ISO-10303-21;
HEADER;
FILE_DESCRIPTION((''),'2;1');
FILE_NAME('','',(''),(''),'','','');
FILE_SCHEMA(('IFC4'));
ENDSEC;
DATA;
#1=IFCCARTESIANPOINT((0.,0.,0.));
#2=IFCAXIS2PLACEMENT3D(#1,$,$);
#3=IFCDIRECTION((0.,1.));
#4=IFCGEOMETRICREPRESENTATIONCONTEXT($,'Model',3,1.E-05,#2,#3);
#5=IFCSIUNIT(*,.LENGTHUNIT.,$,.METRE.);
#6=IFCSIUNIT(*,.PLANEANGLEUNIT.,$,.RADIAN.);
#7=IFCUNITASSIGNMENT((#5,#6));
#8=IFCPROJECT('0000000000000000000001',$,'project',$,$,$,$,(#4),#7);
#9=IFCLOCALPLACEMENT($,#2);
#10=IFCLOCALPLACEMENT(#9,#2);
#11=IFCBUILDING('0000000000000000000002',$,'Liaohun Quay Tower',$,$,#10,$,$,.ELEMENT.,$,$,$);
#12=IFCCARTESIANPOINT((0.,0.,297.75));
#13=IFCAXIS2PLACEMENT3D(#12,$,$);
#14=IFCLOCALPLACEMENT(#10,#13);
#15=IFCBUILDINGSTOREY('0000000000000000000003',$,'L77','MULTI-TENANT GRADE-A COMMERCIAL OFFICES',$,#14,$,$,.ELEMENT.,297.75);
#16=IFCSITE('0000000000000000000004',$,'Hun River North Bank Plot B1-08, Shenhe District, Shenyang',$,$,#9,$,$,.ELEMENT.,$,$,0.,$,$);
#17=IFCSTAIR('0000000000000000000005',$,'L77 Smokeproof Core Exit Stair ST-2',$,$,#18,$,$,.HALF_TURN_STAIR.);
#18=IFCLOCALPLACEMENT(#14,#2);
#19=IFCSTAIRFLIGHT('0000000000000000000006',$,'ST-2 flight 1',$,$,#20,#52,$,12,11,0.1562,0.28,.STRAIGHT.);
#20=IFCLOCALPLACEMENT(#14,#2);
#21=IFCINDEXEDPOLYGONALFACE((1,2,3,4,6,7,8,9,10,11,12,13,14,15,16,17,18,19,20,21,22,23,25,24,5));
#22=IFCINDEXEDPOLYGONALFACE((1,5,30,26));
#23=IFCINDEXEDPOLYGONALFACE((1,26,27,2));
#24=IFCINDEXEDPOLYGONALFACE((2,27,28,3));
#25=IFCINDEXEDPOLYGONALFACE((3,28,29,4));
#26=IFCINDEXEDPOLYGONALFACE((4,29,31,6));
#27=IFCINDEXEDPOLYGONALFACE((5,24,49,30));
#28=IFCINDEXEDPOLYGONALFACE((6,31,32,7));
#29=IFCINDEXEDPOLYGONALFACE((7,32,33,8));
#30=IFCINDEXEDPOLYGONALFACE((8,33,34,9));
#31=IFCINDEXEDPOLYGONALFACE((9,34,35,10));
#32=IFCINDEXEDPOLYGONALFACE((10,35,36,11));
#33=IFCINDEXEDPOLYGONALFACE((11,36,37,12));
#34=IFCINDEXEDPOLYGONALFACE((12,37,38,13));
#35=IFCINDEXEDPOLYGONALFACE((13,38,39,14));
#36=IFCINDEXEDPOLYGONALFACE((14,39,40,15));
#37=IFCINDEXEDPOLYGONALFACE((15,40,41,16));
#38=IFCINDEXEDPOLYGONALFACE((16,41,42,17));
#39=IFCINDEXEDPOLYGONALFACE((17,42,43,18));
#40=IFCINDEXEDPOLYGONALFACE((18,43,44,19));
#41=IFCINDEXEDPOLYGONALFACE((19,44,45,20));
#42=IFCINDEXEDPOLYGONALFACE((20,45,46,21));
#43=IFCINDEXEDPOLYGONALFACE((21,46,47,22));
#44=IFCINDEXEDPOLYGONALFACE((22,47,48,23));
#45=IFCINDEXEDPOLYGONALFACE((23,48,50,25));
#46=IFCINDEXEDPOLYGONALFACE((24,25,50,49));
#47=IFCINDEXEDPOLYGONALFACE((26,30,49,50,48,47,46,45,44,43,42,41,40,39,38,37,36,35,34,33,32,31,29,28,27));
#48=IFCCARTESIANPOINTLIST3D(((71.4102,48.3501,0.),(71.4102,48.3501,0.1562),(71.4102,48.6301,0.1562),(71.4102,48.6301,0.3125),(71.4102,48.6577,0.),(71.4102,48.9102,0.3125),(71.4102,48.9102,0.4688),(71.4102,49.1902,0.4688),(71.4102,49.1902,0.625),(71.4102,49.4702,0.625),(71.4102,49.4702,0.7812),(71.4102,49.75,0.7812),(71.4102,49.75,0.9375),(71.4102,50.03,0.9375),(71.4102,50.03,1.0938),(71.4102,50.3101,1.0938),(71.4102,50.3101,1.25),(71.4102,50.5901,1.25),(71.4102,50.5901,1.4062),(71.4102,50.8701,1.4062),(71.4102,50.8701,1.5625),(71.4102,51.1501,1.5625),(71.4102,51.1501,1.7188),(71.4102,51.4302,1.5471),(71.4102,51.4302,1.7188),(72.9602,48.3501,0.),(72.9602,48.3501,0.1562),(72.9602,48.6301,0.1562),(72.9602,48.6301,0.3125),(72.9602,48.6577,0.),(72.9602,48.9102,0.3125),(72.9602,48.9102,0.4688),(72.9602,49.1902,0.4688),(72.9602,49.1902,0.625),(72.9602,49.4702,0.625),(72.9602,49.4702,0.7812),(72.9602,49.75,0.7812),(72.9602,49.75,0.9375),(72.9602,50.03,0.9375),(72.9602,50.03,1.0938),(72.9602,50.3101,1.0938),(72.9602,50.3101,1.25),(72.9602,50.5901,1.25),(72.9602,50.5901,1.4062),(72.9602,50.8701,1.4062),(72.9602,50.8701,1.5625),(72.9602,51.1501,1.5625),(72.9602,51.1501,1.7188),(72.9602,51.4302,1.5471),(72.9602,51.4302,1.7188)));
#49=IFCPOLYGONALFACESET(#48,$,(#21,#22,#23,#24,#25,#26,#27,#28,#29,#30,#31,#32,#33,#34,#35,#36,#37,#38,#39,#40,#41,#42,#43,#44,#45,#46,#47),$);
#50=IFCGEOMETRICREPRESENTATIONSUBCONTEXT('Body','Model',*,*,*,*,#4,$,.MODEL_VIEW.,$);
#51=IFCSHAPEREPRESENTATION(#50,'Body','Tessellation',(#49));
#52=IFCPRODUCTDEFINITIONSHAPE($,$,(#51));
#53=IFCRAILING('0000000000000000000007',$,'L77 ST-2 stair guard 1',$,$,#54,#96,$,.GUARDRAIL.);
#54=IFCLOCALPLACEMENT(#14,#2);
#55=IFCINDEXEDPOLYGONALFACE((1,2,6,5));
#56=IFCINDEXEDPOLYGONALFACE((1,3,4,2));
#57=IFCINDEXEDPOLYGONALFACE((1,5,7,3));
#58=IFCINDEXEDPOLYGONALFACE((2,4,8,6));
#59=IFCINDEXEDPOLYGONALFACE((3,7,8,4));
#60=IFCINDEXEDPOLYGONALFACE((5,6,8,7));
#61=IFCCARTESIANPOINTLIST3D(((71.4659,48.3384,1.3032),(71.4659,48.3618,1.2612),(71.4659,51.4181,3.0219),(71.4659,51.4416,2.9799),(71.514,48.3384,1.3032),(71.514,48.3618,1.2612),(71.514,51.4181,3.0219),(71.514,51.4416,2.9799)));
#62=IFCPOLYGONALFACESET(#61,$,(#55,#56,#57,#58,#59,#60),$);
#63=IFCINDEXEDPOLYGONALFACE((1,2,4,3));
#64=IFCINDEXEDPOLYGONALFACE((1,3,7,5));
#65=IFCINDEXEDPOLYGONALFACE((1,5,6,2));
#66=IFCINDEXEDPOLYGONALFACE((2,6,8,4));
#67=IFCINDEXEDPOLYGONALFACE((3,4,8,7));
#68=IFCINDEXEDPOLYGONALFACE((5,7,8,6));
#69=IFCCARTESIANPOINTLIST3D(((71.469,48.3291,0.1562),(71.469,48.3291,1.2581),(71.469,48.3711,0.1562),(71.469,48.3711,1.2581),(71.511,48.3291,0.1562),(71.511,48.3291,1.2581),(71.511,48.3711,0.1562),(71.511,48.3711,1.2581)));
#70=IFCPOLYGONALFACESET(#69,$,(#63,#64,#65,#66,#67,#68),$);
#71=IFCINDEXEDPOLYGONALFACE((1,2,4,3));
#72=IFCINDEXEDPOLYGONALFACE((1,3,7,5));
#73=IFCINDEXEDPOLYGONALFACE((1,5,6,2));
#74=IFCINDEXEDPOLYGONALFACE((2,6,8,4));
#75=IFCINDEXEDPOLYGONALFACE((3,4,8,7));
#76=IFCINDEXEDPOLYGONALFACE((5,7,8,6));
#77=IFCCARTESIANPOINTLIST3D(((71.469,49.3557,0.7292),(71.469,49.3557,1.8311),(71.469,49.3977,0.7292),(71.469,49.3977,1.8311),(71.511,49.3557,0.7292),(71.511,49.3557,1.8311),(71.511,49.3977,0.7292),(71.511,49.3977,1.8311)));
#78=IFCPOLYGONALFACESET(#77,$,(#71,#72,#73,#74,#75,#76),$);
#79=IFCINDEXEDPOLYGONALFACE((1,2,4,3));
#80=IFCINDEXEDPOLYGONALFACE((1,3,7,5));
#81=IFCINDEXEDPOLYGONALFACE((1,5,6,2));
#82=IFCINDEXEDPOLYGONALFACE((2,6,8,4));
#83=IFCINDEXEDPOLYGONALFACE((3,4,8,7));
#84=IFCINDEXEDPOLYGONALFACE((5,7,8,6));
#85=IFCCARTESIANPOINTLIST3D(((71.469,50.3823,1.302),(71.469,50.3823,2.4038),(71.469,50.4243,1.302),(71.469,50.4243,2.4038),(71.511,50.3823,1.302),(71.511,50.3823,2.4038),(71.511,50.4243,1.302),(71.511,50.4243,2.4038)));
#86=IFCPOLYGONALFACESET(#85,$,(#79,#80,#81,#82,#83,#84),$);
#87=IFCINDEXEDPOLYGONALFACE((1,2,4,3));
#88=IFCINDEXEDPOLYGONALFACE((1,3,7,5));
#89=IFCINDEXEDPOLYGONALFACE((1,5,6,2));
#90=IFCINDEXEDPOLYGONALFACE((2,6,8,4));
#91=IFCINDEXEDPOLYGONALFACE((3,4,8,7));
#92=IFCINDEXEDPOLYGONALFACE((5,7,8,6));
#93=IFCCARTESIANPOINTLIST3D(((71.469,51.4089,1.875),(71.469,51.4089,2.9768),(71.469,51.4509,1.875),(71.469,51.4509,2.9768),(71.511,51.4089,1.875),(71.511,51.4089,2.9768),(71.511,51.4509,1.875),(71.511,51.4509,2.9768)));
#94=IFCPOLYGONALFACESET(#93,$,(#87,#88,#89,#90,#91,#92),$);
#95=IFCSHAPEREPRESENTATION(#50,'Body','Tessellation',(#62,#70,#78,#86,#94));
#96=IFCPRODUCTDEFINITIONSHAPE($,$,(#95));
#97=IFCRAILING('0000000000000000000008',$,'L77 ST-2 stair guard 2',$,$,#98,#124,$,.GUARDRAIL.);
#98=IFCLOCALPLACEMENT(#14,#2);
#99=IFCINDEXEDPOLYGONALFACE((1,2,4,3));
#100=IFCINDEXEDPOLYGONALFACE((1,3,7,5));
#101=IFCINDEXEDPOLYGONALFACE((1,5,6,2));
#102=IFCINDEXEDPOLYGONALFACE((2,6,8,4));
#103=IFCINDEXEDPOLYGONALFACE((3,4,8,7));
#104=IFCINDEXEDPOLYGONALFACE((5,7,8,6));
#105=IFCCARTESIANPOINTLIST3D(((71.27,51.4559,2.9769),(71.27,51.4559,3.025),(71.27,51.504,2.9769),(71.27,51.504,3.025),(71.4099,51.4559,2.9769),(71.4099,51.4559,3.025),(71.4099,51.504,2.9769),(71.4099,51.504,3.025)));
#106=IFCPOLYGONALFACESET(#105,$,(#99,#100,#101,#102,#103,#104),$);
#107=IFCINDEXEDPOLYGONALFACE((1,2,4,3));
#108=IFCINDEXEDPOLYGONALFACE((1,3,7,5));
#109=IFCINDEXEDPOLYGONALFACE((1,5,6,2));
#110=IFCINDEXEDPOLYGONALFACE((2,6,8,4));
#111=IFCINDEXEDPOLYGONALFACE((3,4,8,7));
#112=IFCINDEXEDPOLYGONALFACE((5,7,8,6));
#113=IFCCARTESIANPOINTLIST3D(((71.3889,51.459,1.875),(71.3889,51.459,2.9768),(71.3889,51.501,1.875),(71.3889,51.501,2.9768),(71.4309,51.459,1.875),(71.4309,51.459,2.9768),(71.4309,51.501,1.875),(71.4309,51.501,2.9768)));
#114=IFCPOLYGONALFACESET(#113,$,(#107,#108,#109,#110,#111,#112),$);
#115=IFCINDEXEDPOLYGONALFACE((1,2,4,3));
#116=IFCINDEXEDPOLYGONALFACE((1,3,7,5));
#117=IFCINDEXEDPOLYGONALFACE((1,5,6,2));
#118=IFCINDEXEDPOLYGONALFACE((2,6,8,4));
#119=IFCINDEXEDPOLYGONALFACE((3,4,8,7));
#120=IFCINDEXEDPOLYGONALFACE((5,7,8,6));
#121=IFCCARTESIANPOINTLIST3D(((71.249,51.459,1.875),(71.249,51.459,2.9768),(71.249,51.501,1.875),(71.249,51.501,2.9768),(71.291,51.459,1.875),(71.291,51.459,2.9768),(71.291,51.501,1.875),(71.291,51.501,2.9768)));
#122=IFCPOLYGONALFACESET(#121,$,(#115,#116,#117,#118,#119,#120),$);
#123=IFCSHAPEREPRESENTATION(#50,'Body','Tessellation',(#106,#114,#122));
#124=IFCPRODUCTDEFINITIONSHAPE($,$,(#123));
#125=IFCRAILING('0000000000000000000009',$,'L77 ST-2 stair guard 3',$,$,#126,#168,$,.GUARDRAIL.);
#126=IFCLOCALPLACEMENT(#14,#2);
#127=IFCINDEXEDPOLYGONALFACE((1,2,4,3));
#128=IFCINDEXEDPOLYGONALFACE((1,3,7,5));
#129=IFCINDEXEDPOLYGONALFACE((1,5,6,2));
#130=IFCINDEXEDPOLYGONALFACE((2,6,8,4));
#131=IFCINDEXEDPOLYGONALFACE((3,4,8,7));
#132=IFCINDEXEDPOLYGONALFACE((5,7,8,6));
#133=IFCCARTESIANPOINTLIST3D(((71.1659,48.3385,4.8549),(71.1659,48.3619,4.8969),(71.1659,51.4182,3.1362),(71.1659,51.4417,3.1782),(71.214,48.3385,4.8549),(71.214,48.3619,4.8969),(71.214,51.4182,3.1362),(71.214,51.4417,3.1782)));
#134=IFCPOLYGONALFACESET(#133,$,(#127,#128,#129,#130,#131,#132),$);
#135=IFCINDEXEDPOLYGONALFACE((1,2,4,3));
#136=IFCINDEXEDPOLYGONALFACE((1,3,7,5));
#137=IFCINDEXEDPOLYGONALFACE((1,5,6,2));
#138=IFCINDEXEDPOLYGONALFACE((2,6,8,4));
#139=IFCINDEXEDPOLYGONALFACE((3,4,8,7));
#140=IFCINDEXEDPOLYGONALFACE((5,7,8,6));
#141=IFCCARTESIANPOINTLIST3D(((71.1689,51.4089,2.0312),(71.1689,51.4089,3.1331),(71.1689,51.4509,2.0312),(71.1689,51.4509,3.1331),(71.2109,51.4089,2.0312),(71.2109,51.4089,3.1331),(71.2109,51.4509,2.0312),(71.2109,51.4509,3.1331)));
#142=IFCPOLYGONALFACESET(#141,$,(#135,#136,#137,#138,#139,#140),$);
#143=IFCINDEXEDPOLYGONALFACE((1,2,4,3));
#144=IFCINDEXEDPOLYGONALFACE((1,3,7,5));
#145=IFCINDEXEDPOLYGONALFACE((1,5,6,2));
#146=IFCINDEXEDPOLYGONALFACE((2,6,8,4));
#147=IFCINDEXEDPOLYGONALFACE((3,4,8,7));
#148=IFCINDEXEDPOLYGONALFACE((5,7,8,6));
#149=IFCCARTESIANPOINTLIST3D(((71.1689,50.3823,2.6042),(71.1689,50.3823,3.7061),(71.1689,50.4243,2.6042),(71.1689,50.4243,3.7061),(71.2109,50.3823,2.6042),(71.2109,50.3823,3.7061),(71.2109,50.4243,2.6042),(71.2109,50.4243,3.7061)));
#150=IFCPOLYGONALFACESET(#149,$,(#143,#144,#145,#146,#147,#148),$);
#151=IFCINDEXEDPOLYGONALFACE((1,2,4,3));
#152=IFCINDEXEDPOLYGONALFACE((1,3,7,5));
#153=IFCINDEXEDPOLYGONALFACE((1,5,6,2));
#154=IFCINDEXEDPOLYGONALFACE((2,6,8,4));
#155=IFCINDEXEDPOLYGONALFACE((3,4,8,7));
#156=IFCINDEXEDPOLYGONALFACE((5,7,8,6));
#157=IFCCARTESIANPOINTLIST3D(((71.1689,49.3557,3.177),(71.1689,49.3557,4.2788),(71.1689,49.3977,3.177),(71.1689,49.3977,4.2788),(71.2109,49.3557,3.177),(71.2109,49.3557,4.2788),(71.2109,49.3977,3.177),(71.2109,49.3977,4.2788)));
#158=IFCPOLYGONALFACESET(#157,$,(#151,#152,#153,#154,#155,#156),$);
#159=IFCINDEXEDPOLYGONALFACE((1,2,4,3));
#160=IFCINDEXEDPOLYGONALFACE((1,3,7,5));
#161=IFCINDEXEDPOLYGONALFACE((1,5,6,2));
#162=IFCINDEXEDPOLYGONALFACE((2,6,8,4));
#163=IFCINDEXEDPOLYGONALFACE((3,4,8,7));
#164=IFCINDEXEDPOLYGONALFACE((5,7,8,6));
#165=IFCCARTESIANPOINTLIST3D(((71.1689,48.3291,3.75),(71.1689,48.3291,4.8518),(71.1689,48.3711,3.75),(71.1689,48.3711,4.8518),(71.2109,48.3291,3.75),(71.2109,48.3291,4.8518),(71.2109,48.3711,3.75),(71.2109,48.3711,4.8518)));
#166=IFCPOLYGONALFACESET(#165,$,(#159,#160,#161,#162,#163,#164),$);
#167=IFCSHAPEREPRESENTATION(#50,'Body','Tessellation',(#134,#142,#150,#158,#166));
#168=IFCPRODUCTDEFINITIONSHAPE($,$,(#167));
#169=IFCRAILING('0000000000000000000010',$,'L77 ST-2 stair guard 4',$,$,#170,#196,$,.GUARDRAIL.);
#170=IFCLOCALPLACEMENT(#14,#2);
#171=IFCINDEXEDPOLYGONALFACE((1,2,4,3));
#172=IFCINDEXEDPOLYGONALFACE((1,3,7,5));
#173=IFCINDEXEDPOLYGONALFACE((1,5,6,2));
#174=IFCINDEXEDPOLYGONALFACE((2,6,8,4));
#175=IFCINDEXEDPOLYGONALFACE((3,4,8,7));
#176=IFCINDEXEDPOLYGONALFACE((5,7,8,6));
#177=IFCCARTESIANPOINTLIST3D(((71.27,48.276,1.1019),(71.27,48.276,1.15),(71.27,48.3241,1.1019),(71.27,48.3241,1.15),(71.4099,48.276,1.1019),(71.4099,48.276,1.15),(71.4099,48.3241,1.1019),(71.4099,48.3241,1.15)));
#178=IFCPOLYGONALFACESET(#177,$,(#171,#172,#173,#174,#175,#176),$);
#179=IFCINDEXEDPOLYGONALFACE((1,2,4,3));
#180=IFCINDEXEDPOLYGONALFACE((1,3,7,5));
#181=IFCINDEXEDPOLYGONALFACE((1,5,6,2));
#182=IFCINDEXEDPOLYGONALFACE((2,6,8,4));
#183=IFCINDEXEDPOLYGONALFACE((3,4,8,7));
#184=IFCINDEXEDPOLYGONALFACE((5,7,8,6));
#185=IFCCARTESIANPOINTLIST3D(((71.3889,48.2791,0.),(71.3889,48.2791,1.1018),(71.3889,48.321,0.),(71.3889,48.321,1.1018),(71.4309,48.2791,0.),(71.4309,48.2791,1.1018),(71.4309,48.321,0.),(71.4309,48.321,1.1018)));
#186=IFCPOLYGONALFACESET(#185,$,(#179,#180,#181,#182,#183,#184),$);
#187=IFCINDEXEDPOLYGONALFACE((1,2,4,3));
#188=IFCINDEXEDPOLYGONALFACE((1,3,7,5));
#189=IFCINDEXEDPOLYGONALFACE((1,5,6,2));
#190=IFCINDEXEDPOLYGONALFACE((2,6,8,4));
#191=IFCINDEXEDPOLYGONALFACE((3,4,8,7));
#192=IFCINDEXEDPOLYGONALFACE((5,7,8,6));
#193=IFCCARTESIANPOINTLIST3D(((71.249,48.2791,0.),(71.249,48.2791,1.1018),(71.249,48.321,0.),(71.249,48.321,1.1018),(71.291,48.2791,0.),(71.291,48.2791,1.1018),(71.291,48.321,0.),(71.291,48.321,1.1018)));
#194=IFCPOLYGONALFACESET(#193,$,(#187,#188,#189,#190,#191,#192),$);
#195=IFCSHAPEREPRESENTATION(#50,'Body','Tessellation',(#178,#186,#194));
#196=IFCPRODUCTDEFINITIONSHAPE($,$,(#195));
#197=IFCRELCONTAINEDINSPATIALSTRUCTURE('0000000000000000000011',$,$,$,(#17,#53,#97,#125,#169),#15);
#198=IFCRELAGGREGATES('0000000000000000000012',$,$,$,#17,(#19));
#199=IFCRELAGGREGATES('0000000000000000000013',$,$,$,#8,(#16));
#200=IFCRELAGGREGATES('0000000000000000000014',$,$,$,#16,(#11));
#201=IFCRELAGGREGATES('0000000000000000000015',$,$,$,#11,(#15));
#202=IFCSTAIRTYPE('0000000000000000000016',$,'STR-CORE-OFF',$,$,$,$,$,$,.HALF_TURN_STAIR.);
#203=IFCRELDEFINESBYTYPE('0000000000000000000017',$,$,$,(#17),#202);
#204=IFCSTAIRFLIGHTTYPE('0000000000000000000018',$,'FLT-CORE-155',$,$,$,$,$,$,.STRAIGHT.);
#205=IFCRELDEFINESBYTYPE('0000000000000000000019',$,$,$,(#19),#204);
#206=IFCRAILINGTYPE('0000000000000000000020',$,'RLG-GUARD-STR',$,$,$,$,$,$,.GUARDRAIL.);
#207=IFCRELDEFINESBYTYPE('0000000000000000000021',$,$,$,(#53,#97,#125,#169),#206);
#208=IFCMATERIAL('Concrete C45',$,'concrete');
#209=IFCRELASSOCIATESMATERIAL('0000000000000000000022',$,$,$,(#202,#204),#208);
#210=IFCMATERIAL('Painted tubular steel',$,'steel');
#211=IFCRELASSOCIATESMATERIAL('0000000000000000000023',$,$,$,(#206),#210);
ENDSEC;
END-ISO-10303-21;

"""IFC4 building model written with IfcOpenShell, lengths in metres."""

from ifc_helpers import new_model, si_unit, direction, frame, origin, origin_2d, place, context, subcontext, project, spatial, polyline, rectangle, outline, extrude, material, type_object, element, aggregate, save


model = new_model("IFC4")

# Units and contexts
model_context = context("Model", 3, precision=1e-05, world=origin(), true_north=direction((0.0, 1.0)))
body_context = subcontext(model_context, "Body", "Model", "MODEL_VIEW")
ifc_project = project(units=[si_unit("LENGTHUNIT", "METRE"), si_unit("PLANEANGLEUNIT", "RADIAN")], contexts=[model_context])

# Site, building, storey
site_placement = place(None, origin())
site = spatial("IfcSite", under=ifc_project, at=site_placement, Name="Hun River North Bank Plot B1-08, Shenhe District, Shenyang", CompositionType="ELEMENT", RefElevation=0.0)
building_placement = place(site_placement, origin())
building = spatial("IfcBuilding", under=site, at=building_placement, Name="Liaohun Quay Tower", CompositionType="ELEMENT")
storey_placement = place(building_placement, frame((0.0, 0.0, 297.75)))
storey = spatial("IfcBuildingStorey", under=building, at=storey_placement, Name="L77", Description="MULTI-TENANT GRADE-A COMMERCIAL OFFICES", CompositionType="ELEMENT", Elevation=297.75)

# Stair, stair flight
ifc_material_1 = material(Name="Concrete C45", Category="concrete")
stair_type = type_object("IfcStairType", Name="STR-CORE-OFF", PredefinedType="HALF_TURN_STAIR", material=ifc_material_1)
stair_placement = place(storey_placement, origin())
stair = element("IfcStair", 1, at=stair_placement, inside=storey, type_object=stair_type, Name="L77 Smokeproof Core Exit Stair ST-2", PredefinedType="HALF_TURN_STAIR")
stair_flight_type = type_object("IfcStairFlightType", Name="FLT-CORE-155", PredefinedType="STRAIGHT", material=ifc_material_1)
stair_flight_placement = place(storey_placement, frame((72.1851, 48.3501, 0.0), z_axis=(0.0, 0.0, 1.0), x_axis=(0.0, 1.0, 0.0)))
stair_flight = element("IfcStairFlight", 2, at=stair_flight_placement, type_object=stair_flight_type, Name="ST-2 flight 1", NumberOfRisers=12, NumberOfTreads=11, PredefinedType="STRAIGHT", RiserHeight=0.1562, TreadLength=0.28, context=body_context, shape_type="SweptSolid", body=[
    extrude(outline(polyline([(0.0, 0.0), (0.0, 0.1562), (0.28, 0.1562), (0.28, 0.3125), (0.5601, 0.3125), (0.5601, 0.4688), (0.8401, 0.4688), (0.8401, 0.625), (1.1201, 0.625), (1.1201, 0.7812), (1.3999, 0.7812), (1.3999, 0.9375), (1.6799, 0.9375), (1.6799, 1.0938), (1.96, 1.0938), (1.96, 1.25), (2.24, 1.25), (2.24, 1.4062), (2.52, 1.4062), (2.52, 1.5625), (2.8, 1.5625), (2.8, 1.7188), (3.0801, 1.7188), (3.0801, 1.875), (3.0801, 1.5471), (0.3076, 0.0), (0.0, 0.0)])), frame((0.0, 0.7749, 0.0), z_axis=(0.0, -1.0, 0.0), x_axis=(1.0, 0.0, 0.0)), (0.0, 0.0, 1.0), 1.55),
])
aggregate(stair, [stair_flight])

# Railings
ifc_material_2 = material(Name="Painted tubular steel", Category="steel")
railing_type_1 = type_object("IfcRailingType", Name="RLG-GUARD-STR", PredefinedType="GUARDRAIL", material=ifc_material_2)
railing_1_placement = place(storey_placement, frame((71.49, 48.3501, 0.1562)))
element("IfcRailing", 3, at=railing_1_placement, inside=storey, type_object=railing_type_1, Name="L77 ST-2 stair guard 1", PredefinedType="GUARDRAIL", context=body_context, shape_type="SweptSolid", body=[
    extrude(rectangle(XDim=0.0481, YDim=0.0481, at=origin_2d()), frame((0.0, 0.0, 1.126), z_axis=(0.0, 0.873225, 0.487317), x_axis=(-1.0, 0.0, 0.0)), (0.0, 0.0, 1.0), 3.5269),
    extrude(rectangle(XDim=0.042, YDim=0.042, at=origin_2d()), origin(), (0.0, 0.0, 1.0), 1.1018),
    extrude(rectangle(XDim=0.042, YDim=0.042, at=origin_2d()), frame((0.0, 1.0266, 0.573)), (0.0, 0.0, 1.0), 1.1018),
    extrude(rectangle(XDim=0.042, YDim=0.042, at=origin_2d()), frame((0.0, 2.0532, 1.1458)), (0.0, 0.0, 1.0), 1.1018),
    extrude(rectangle(XDim=0.042, YDim=0.042, at=origin_2d()), frame((0.0, 3.0798, 1.7188)), (0.0, 0.0, 1.0), 1.1018),
])
railing_2_placement = place(storey_placement, frame((71.4099, 51.48, 1.875)))
element("IfcRailing", 4, at=railing_2_placement, inside=storey, type_object=railing_type_1, Name="L77 ST-2 stair guard 2", PredefinedType="GUARDRAIL", context=body_context, shape_type="SweptSolid", body=[
    extrude(rectangle(XDim=0.0481, YDim=0.0481, at=origin_2d()), frame((0.0, 0.0, 1.126), z_axis=(-1.0, 0.0, 0.0), x_axis=(0.0, -1.0, 0.0)), (0.0, 0.0, 1.0), 0.1399),
    extrude(rectangle(XDim=0.042, YDim=0.042, at=origin_2d()), origin(), (0.0, 0.0, 1.0), 1.1018),
    extrude(rectangle(XDim=0.042, YDim=0.042, at=origin_2d()), frame((-0.1399, 0.0, 0.0)), (0.0, 0.0, 1.0), 1.1018),
])
railing_3_placement = place(storey_placement, frame((71.1899, 51.4299, 2.0312)))
element("IfcRailing", 5, at=railing_3_placement, inside=storey, type_object=railing_type_1, Name="L77 ST-2 stair guard 3", PredefinedType="GUARDRAIL", context=body_context, shape_type="SweptSolid", body=[
    extrude(rectangle(XDim=0.0481, YDim=0.0481, at=origin_2d()), frame((0.0, 0.0, 1.126), z_axis=(0.0, -0.873225, 0.487317), x_axis=(1.0, 0.0, 0.0)), (0.0, 0.0, 1.0), 3.5269),
    extrude(rectangle(XDim=0.042, YDim=0.042, at=origin_2d()), origin(), (0.0, 0.0, 1.0), 1.1018),
    extrude(rectangle(XDim=0.042, YDim=0.042, at=origin_2d()), frame((0.0, -1.0266, 0.573)), (0.0, 0.0, 1.0), 1.1018),
    extrude(rectangle(XDim=0.042, YDim=0.042, at=origin_2d()), frame((0.0, -2.0532, 1.1458)), (0.0, 0.0, 1.0), 1.1018),
    extrude(rectangle(XDim=0.042, YDim=0.042, at=origin_2d()), frame((0.0, -3.0798, 1.7188)), (0.0, 0.0, 1.0), 1.1018),
])
railing_4_placement = place(storey_placement, frame((71.4099, 48.3, 0.0)))
element("IfcRailing", 6, at=railing_4_placement, inside=storey, type_object=railing_type_1, Name="L77 ST-2 stair guard 4", PredefinedType="GUARDRAIL", context=body_context, shape_type="SweptSolid", body=[
    extrude(rectangle(XDim=0.0481, YDim=0.0481, at=origin_2d()), frame((0.0, 0.0, 1.126), z_axis=(-1.0, 0.0, 0.0), x_axis=(0.0, -1.0, 0.0)), (0.0, 0.0, 1.0), 0.1399),
    extrude(rectangle(XDim=0.042, YDim=0.042, at=origin_2d()), origin(), (0.0, 0.0, 1.0), 1.1018),
    extrude(rectangle(XDim=0.042, YDim=0.042, at=origin_2d()), frame((-0.1399, 0.0, 0.0)), (0.0, 0.0, 1.0), 1.1018),
])

save(model, "model.ifc")
